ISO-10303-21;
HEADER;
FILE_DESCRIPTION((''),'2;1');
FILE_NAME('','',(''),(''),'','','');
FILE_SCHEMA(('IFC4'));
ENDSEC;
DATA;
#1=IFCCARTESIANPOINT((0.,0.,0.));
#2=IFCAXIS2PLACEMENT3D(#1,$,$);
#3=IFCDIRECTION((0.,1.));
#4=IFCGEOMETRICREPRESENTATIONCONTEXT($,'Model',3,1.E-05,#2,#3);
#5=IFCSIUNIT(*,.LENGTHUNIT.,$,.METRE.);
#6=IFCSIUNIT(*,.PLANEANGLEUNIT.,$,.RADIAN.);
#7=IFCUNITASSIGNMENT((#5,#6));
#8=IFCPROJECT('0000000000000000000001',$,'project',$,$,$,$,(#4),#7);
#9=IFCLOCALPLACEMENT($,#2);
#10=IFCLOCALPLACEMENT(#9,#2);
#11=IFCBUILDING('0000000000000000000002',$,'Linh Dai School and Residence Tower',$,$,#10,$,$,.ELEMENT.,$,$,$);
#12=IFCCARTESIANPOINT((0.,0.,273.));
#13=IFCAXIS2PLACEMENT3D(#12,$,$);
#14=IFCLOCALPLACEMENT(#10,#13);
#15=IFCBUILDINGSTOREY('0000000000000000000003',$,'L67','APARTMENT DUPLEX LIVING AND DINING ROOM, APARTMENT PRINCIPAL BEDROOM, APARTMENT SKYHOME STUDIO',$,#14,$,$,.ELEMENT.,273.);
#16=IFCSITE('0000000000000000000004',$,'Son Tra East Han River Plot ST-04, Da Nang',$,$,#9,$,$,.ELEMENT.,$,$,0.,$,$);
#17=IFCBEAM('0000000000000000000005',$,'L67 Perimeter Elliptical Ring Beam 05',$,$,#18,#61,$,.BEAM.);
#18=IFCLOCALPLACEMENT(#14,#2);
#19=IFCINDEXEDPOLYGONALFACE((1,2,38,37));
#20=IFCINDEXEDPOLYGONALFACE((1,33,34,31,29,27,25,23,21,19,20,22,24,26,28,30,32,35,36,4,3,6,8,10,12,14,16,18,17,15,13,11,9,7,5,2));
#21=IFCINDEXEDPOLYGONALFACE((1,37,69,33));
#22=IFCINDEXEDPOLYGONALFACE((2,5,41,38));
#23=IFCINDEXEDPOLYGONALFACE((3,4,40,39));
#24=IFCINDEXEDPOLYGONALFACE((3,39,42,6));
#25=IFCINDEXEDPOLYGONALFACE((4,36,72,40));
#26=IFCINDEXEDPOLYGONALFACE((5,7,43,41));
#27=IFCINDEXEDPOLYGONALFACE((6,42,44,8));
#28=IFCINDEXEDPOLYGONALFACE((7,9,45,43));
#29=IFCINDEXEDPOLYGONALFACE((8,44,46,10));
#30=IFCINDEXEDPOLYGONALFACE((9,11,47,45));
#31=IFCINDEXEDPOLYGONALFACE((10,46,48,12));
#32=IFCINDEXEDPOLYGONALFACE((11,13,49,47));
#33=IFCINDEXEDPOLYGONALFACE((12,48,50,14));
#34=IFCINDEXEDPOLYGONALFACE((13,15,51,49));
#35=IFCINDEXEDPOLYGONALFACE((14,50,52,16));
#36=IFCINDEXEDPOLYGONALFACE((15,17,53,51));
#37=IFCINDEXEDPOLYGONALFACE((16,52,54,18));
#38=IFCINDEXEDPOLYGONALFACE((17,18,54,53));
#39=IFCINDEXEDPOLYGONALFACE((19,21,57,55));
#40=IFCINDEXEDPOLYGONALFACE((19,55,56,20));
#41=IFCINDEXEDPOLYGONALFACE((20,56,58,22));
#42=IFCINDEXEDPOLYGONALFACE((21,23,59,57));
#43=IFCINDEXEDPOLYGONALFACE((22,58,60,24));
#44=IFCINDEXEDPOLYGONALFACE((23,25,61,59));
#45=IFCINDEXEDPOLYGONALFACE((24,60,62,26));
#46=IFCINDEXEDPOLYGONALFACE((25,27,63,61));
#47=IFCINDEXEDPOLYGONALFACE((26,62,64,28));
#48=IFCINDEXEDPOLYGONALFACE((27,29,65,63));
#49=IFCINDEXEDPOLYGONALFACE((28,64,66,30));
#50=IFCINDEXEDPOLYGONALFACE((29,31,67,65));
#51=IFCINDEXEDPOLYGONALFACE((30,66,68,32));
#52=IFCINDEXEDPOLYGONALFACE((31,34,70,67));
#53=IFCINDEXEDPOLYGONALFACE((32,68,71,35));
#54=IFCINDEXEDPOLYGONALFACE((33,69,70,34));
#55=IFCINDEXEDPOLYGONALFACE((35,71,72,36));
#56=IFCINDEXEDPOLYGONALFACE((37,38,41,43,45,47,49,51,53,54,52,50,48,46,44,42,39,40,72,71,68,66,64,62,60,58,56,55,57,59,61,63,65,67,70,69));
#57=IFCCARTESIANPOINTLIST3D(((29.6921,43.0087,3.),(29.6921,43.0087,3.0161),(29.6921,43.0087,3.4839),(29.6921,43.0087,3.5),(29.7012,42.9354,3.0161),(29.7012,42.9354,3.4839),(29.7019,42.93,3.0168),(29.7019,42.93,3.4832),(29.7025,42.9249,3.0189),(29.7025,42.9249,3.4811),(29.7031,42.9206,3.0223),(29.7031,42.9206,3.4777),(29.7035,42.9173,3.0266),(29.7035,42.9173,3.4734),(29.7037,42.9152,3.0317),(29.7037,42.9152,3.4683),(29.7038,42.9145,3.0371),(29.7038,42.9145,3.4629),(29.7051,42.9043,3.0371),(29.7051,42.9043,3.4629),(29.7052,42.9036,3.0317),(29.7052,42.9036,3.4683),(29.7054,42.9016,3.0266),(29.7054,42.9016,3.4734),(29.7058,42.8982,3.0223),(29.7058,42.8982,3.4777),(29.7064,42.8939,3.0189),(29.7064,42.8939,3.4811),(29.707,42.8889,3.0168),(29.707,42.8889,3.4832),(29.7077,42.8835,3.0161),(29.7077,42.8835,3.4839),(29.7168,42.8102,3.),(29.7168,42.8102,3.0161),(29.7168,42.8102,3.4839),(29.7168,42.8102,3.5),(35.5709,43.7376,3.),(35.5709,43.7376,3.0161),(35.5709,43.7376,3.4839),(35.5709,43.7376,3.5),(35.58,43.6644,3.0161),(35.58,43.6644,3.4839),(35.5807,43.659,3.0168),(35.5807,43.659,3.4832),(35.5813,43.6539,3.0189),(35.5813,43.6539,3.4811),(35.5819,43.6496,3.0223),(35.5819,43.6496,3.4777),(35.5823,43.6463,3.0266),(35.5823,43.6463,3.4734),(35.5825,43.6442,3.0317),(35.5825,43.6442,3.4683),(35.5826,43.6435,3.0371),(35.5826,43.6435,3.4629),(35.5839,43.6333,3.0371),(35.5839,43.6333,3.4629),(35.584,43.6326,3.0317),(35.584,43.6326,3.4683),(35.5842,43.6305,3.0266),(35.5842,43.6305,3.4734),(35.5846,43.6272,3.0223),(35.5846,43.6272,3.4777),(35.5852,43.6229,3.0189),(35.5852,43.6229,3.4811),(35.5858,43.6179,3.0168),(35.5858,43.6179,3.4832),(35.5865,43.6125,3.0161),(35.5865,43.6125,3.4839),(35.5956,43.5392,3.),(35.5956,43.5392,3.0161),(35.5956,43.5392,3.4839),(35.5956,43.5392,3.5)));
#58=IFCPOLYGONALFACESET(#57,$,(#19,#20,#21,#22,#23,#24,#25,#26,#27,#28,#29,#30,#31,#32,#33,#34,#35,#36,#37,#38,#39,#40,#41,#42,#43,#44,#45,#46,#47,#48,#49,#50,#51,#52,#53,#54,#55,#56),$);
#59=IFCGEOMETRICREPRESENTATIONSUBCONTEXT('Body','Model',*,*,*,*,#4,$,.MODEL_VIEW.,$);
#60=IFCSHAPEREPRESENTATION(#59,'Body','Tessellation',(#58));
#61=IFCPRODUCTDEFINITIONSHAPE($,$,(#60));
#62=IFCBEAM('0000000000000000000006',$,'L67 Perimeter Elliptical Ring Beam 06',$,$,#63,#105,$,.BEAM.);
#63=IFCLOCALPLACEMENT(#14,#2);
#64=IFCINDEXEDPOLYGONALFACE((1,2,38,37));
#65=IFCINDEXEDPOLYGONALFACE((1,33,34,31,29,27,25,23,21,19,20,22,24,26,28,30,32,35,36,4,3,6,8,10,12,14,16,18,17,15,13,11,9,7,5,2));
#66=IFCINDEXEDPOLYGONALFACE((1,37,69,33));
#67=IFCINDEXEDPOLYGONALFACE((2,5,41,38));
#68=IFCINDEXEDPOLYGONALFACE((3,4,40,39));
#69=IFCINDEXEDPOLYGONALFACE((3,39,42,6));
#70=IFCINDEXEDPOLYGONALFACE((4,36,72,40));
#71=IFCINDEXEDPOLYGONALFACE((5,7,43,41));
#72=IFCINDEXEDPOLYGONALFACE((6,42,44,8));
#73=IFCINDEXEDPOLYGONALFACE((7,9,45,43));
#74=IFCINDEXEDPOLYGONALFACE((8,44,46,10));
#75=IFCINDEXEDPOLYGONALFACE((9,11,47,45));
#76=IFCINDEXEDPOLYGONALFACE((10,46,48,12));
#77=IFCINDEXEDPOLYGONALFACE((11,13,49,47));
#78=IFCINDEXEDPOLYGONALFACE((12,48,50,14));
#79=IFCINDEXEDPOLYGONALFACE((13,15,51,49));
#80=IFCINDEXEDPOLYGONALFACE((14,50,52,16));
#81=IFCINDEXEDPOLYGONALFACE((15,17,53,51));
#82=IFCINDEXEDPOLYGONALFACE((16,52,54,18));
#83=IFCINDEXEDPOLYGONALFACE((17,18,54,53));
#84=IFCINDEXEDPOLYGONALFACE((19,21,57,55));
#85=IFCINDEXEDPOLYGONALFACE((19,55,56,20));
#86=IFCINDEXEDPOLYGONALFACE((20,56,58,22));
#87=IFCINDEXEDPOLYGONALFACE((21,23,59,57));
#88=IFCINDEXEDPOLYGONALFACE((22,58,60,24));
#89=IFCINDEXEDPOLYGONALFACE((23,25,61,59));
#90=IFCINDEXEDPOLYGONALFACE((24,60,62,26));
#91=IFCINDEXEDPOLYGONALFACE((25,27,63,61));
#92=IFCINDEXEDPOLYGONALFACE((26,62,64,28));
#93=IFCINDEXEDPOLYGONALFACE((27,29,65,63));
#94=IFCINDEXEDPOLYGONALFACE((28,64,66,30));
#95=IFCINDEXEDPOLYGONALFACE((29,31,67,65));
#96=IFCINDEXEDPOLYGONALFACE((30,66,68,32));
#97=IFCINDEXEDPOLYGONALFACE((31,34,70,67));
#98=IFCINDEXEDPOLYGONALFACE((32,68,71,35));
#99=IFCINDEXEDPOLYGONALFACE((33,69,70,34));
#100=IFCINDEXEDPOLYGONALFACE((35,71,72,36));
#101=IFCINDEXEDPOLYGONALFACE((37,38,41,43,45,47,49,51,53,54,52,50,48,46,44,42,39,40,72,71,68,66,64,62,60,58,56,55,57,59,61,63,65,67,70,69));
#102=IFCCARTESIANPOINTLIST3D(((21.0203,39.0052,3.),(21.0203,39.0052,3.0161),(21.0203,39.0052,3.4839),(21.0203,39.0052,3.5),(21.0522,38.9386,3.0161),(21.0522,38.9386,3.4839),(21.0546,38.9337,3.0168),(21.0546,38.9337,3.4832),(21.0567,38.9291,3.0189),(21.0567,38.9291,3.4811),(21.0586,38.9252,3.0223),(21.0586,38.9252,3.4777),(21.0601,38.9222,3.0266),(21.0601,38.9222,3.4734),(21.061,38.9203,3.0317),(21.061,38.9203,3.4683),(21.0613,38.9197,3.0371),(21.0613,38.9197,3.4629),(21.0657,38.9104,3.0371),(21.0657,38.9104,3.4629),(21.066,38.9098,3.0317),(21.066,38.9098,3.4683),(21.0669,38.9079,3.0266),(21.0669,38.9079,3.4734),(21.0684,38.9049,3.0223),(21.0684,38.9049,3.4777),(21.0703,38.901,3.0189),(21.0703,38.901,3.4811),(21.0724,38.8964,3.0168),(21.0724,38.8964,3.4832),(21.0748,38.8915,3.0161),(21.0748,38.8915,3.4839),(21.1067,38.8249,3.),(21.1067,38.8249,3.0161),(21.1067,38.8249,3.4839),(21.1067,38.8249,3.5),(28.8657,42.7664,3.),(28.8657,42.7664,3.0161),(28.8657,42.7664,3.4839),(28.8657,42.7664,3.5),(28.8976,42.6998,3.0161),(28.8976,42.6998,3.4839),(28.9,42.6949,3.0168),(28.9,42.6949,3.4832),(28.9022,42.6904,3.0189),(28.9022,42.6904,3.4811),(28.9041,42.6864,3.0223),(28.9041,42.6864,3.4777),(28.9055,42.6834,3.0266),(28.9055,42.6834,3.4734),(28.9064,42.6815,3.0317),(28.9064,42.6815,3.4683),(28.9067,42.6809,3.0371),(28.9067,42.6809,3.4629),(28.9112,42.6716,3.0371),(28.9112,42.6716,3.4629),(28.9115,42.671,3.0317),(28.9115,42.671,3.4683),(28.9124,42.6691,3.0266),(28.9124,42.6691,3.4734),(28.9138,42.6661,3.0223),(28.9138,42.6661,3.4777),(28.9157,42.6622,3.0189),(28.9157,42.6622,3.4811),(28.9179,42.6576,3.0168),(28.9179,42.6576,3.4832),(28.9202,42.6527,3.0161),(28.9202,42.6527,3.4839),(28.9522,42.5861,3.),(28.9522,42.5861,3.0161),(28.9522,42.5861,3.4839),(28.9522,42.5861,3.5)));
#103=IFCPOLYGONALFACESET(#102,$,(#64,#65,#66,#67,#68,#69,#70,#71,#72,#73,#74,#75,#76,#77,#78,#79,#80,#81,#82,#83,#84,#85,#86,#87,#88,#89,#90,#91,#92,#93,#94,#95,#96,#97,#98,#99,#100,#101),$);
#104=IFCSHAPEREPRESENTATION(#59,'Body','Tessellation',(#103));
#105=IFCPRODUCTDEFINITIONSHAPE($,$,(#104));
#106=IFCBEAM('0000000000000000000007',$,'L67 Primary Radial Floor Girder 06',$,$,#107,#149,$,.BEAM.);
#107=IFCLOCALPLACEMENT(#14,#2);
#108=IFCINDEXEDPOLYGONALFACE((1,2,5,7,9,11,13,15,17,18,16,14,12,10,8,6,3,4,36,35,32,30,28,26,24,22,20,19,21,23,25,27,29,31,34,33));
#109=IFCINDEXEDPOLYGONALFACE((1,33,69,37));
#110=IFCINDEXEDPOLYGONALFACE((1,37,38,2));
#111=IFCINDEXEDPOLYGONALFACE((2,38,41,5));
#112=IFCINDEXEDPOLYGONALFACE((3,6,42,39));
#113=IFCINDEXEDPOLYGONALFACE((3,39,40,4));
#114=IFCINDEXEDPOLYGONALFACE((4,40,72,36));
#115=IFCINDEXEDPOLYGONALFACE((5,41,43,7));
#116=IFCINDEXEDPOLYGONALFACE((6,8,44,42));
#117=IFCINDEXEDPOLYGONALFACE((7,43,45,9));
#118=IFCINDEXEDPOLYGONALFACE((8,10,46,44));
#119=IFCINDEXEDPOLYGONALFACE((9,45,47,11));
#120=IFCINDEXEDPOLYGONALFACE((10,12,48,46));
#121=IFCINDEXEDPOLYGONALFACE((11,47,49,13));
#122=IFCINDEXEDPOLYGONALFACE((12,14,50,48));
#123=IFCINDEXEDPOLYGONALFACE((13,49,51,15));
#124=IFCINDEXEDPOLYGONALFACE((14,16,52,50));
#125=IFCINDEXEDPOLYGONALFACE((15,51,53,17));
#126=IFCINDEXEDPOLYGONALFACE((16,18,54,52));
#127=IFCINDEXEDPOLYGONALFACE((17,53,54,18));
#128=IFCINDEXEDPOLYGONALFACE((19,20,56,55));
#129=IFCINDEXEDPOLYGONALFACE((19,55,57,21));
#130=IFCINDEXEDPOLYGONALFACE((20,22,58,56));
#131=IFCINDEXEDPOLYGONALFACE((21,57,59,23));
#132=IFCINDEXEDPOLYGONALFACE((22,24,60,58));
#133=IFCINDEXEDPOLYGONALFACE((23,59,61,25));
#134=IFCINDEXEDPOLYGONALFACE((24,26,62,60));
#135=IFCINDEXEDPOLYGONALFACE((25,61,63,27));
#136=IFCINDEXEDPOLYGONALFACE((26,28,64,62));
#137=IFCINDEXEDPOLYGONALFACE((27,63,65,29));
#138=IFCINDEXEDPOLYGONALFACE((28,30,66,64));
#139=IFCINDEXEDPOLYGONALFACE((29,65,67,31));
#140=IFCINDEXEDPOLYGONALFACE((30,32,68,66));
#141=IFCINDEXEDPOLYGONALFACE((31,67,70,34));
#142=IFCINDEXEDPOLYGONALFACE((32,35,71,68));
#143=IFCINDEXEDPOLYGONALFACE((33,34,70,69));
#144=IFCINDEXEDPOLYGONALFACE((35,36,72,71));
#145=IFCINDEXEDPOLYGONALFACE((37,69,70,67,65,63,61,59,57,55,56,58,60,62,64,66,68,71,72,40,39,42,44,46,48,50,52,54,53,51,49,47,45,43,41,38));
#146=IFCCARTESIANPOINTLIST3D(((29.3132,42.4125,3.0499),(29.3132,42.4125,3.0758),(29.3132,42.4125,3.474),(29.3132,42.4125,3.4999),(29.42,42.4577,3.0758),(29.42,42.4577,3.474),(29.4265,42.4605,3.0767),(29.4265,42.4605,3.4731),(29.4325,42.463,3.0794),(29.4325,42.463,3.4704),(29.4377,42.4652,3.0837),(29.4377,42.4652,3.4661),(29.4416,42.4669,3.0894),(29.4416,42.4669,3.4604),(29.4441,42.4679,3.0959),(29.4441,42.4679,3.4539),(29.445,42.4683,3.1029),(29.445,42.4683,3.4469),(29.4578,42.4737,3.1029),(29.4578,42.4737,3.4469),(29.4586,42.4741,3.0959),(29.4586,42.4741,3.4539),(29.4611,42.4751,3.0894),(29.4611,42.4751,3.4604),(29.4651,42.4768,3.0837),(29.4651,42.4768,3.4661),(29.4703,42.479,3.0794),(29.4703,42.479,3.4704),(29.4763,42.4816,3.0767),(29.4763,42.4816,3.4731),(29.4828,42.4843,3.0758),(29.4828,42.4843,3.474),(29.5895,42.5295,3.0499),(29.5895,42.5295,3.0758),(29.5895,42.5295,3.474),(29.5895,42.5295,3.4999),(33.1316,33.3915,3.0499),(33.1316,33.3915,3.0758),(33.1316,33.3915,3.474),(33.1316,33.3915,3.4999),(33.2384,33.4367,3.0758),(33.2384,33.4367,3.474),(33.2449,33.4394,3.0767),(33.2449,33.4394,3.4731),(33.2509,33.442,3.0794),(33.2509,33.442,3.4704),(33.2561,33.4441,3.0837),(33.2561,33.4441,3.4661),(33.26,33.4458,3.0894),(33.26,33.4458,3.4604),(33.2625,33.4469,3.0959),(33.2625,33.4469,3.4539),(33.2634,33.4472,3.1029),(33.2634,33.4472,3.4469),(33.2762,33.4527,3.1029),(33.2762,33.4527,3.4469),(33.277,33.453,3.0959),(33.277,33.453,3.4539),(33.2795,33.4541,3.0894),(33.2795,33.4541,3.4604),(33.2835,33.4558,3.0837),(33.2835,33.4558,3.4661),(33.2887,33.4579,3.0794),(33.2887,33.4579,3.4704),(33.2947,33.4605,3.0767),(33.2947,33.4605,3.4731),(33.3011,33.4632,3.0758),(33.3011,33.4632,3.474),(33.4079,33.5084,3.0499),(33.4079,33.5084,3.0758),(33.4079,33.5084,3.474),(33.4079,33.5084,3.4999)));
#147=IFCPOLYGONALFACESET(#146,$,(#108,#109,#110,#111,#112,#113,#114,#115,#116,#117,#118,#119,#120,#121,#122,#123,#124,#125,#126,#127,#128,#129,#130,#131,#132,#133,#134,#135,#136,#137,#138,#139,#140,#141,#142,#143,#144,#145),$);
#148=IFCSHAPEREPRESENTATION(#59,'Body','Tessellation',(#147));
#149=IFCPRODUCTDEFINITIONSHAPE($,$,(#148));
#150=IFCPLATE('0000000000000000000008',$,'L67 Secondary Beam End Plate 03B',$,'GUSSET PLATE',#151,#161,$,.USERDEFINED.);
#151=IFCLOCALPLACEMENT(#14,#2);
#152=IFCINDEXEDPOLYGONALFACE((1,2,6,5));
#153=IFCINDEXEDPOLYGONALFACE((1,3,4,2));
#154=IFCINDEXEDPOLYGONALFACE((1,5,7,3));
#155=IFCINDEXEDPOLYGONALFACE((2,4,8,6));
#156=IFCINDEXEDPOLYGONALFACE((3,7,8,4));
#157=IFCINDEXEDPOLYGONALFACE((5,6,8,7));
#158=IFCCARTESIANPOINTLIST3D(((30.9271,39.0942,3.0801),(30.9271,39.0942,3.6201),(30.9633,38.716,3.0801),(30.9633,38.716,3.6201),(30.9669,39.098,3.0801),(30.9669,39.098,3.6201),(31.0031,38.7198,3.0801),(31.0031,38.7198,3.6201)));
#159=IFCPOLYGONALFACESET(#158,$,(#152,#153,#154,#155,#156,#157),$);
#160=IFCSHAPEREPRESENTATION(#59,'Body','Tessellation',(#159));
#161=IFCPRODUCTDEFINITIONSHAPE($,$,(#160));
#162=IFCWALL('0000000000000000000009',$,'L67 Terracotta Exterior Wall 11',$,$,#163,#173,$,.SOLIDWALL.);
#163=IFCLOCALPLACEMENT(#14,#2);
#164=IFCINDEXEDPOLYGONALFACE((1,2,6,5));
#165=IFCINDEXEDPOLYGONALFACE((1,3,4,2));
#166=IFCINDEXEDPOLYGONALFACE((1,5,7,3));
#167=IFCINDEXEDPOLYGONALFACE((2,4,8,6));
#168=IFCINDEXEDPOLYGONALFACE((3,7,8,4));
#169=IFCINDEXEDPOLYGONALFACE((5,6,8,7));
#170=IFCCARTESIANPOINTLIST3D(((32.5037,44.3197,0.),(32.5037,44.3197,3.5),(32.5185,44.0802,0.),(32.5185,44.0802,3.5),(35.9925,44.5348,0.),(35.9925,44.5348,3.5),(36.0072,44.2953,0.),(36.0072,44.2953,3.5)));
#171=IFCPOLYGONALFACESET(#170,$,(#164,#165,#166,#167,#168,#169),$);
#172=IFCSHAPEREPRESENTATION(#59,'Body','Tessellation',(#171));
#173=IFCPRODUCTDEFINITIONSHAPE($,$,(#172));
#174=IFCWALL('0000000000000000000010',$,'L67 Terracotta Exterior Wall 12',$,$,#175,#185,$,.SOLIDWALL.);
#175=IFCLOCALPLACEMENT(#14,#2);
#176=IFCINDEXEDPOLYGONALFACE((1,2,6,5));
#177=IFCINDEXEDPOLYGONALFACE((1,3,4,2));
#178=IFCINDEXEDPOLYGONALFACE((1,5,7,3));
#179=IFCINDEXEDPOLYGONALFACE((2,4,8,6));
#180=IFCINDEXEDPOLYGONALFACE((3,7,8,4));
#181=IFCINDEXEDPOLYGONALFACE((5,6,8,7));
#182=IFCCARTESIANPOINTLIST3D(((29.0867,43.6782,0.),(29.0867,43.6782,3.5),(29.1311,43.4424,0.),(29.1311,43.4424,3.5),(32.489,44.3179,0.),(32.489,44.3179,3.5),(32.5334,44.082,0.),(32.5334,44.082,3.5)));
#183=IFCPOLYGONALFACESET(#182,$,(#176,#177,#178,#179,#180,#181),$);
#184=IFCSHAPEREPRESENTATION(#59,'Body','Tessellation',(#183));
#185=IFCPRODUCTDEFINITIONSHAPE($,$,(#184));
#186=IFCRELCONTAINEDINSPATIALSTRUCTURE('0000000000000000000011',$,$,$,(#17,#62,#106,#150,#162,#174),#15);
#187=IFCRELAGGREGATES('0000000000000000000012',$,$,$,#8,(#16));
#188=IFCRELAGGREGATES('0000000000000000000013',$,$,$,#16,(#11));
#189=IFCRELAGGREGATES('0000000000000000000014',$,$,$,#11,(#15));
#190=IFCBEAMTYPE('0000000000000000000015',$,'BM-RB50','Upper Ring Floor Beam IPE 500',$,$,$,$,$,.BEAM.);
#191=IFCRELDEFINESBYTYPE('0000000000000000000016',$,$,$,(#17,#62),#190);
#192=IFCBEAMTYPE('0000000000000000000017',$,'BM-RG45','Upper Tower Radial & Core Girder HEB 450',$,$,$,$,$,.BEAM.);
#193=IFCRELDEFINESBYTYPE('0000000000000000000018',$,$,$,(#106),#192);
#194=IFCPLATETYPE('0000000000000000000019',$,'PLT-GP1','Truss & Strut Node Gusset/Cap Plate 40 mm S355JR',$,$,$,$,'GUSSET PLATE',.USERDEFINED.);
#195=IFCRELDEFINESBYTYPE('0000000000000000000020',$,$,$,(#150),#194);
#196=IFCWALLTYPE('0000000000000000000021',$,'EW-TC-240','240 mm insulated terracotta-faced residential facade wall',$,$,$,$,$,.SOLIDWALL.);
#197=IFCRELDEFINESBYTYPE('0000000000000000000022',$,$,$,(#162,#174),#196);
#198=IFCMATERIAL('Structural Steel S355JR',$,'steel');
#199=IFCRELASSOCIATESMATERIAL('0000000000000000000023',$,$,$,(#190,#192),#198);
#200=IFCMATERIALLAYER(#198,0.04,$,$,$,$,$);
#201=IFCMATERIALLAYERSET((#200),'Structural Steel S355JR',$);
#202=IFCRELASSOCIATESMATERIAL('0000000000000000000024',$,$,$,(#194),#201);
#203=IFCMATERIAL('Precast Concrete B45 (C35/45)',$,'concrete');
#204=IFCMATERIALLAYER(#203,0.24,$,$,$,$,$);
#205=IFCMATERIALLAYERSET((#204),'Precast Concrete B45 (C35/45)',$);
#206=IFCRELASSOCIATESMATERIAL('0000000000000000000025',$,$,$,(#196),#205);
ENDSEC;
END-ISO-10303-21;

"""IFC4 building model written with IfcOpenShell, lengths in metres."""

from ifc_helpers import new_model, si_unit, direction, frame, frame_2d, origin, origin_2d, place, context, subcontext, project, spatial, rectangle, i_section, extrude, source, transform, mapped, material, layer, layer_set, material_profile, profile_set, type_object, element, save


model = new_model("IFC4")

# Units and contexts
model_context = context("Model", 3, precision=1e-05, world=origin(), true_north=direction((0.0, 1.0)))
body_context = subcontext(model_context, "Body", "Model", "MODEL_VIEW")
ifc_project = project(units=[si_unit("LENGTHUNIT", "METRE"), si_unit("PLANEANGLEUNIT", "RADIAN")], contexts=[model_context])

# Site, building, storey
site_placement = place(None, origin())
site = spatial("IfcSite", under=ifc_project, at=site_placement, Name="Son Tra East Han River Plot ST-04, Da Nang", CompositionType="ELEMENT", RefElevation=0.0)
building_placement = place(site_placement, origin())
building = spatial("IfcBuilding", under=site, at=building_placement, Name="Linh Dai School and Residence Tower", CompositionType="ELEMENT")
storey_placement = place(building_placement, frame((0.0, 0.0, 273.0)))
storey = spatial("IfcBuildingStorey", under=building, at=storey_placement, Name="L67", Description="APARTMENT DUPLEX LIVING AND DINING ROOM, APARTMENT PRINCIPAL BEDROOM, APARTMENT SKYHOME STUDIO", CompositionType="ELEMENT", Elevation=273.0)

# Shared definitions
ifc_material_1 = material(Name="Structural Steel S355JR", Category="steel")

# Beams
ifc_material_profile_1 = material_profile(ifc_material_1, i_section(OverallWidth=0.2, OverallDepth=0.5, WebThickness=0.0103, FlangeThickness=0.0161, FilletRadius=0.021, at=origin_2d()), Name="IPE 500")
ifc_profile_set_1 = profile_set([ifc_material_profile_1], Name="Structural Steel S355JR")
beam_type_1 = type_object("IfcBeamType", Name="BM-RB50", Description="Upper Ring Floor Beam IPE 500", PredefinedType="BEAM", material=ifc_profile_set_1)
beam_1_placement = place(storey_placement, frame((35.5833, 43.6384, 3.25), z_axis=(-0.992399, -0.123061, 0.0), x_axis=(0.123061, -0.992399, 0.0)))
element("IfcBeam", 1, at=beam_1_placement, inside=storey, type_object=beam_type_1, Name="L67 Perimeter Elliptical Ring Beam 05", PredefinedType="BEAM", context=body_context, shape_type="SweptSolid", body=[
    extrude(i_section(OverallWidth=0.2, OverallDepth=0.5, WebThickness=0.0103, FlangeThickness=0.0161, FilletRadius=0.021, at=origin_2d()), origin(), (0.0, 0.0, 1.0), 5.9238),
])
beam_2_placement = place(storey_placement, frame((28.9089, 42.6763, 3.25), z_axis=(-0.901729, -0.432302, 0.0), x_axis=(0.432302, -0.901729, 0.0)))
element("IfcBeam", 2, at=beam_2_placement, inside=storey, type_object=beam_type_1, Name="L67 Perimeter Elliptical Ring Beam 06", PredefinedType="BEAM", context=body_context, shape_type="SweptSolid", body=[
    extrude(i_section(OverallWidth=0.2, OverallDepth=0.5, WebThickness=0.0103, FlangeThickness=0.0161, FilletRadius=0.021, at=origin_2d()), origin(), (0.0, 0.0, 1.0), 8.7004),
])
ifc_material_profile_2 = material_profile(ifc_material_1, i_section(OverallWidth=0.3, OverallDepth=0.45, WebThickness=0.0139, FlangeThickness=0.0259, FilletRadius=0.0271, at=origin_2d()), Name="HEB 450")
ifc_profile_set_2 = profile_set([ifc_material_profile_2], Name="Structural Steel S355JR")
beam_type_2 = type_object("IfcBeamType", Name="BM-RG45", Description="Upper Tower Radial & Core Girder HEB 450", PredefinedType="BEAM", material=ifc_profile_set_2)
beam_3_placement = place(storey_placement, frame((33.2698, 33.45, 3.2749), z_axis=(-0.389794, 0.920902, 0.0), x_axis=(-0.920902, -0.389794, 0.0)))
element("IfcBeam", 3, at=beam_3_placement, inside=storey, type_object=beam_type_2, Name="L67 Primary Radial Floor Girder 06", PredefinedType="BEAM", context=body_context, shape_type="SweptSolid", body=[
    extrude(i_section(OverallWidth=0.3, OverallDepth=0.45, WebThickness=0.0139, FlangeThickness=0.0259, FilletRadius=0.0271, at=origin_2d()), origin(), (0.0, 0.0, 1.0), 9.7959),
])

# Plate
ifc_layer_1 = layer(ifc_material_1, 0.04)
ifc_layer_set_1 = layer_set([ifc_layer_1], Name="Structural Steel S355JR")
plate_type = type_object("IfcPlateType", Name="PLT-GP1", Description="Truss & Strut Node Gusset/Cap Plate 40 mm S355JR", ElementType="GUSSET PLATE", PredefinedType="USERDEFINED", material=ifc_layer_set_1)
shared_shape_1 = source(origin(), body_context, "Body", "SweptSolid", [
    extrude(rectangle(XDim=0.04, YDim=0.3799, at=origin_2d()), origin(), (0.0, 0.0, 1.0), 0.54),
])
plate_placement = place(storey_placement, frame((30.9651, 38.907, 3.0801), z_axis=(0.0, 0.0, 1.0), x_axis=(-0.995445, -0.095338, 0.0)))
element("IfcPlate", 4, at=plate_placement, inside=storey, type_object=plate_type, Name="L67 Secondary Beam End Plate 03B", ObjectType="GUSSET PLATE", PredefinedType="USERDEFINED", context=body_context, shape_type="MappedRepresentation", body=[
    mapped(shared_shape_1, transform((0.0, 0.0, 0.0), x_axis=(1.0, 0.0, 0.0), y_axis=(0.0, 1.0, 0.0), z_axis=(0.0, 0.0, 1.0), scale=1.0)),
])

# Walls
ifc_material_2 = material(Name="Precast Concrete B45 (C35/45)", Category="concrete")
ifc_layer_2 = layer(ifc_material_2, 0.24)
ifc_layer_set_2 = layer_set([ifc_layer_2], Name="Precast Concrete B45 (C35/45)")
wall_type_1 = type_object("IfcWallType", Name="EW-TC-240", Description="240 mm insulated terracotta-faced residential facade wall", PredefinedType="SOLIDWALL", material=ifc_layer_set_2)
wall_1_placement = place(storey_placement, frame((32.5112, 44.2, 0.0), z_axis=(0.0, 0.0, 1.0), x_axis=(0.998105, 0.061535, 0.0)))
element("IfcWall", 5, at=wall_1_placement, inside=storey, type_object=wall_type_1, Name="L67 Terracotta Exterior Wall 11", PredefinedType="SOLIDWALL", context=body_context, shape_type="SweptSolid", body=[
    extrude(rectangle(XDim=3.4954, YDim=0.24, at=frame_2d((1.7476, 0.0))), origin(), (0.0, 0.0, 1.0), 3.5),
])
wall_2_placement = place(storey_placement, frame((29.1089, 43.5603, 0.0), z_axis=(0.0, 0.0, 1.0), x_axis=(0.982783, 0.184765, 0.0)))
element("IfcWall", 6, at=wall_2_placement, inside=storey, type_object=wall_type_1, Name="L67 Terracotta Exterior Wall 12", PredefinedType="SOLIDWALL", context=body_context, shape_type="SweptSolid", body=[
    extrude(rectangle(XDim=3.4619, YDim=0.24, at=frame_2d((1.731, 0.0))), origin(), (0.0, 0.0, 1.0), 3.5),
])

save(model, "model.ifc")
